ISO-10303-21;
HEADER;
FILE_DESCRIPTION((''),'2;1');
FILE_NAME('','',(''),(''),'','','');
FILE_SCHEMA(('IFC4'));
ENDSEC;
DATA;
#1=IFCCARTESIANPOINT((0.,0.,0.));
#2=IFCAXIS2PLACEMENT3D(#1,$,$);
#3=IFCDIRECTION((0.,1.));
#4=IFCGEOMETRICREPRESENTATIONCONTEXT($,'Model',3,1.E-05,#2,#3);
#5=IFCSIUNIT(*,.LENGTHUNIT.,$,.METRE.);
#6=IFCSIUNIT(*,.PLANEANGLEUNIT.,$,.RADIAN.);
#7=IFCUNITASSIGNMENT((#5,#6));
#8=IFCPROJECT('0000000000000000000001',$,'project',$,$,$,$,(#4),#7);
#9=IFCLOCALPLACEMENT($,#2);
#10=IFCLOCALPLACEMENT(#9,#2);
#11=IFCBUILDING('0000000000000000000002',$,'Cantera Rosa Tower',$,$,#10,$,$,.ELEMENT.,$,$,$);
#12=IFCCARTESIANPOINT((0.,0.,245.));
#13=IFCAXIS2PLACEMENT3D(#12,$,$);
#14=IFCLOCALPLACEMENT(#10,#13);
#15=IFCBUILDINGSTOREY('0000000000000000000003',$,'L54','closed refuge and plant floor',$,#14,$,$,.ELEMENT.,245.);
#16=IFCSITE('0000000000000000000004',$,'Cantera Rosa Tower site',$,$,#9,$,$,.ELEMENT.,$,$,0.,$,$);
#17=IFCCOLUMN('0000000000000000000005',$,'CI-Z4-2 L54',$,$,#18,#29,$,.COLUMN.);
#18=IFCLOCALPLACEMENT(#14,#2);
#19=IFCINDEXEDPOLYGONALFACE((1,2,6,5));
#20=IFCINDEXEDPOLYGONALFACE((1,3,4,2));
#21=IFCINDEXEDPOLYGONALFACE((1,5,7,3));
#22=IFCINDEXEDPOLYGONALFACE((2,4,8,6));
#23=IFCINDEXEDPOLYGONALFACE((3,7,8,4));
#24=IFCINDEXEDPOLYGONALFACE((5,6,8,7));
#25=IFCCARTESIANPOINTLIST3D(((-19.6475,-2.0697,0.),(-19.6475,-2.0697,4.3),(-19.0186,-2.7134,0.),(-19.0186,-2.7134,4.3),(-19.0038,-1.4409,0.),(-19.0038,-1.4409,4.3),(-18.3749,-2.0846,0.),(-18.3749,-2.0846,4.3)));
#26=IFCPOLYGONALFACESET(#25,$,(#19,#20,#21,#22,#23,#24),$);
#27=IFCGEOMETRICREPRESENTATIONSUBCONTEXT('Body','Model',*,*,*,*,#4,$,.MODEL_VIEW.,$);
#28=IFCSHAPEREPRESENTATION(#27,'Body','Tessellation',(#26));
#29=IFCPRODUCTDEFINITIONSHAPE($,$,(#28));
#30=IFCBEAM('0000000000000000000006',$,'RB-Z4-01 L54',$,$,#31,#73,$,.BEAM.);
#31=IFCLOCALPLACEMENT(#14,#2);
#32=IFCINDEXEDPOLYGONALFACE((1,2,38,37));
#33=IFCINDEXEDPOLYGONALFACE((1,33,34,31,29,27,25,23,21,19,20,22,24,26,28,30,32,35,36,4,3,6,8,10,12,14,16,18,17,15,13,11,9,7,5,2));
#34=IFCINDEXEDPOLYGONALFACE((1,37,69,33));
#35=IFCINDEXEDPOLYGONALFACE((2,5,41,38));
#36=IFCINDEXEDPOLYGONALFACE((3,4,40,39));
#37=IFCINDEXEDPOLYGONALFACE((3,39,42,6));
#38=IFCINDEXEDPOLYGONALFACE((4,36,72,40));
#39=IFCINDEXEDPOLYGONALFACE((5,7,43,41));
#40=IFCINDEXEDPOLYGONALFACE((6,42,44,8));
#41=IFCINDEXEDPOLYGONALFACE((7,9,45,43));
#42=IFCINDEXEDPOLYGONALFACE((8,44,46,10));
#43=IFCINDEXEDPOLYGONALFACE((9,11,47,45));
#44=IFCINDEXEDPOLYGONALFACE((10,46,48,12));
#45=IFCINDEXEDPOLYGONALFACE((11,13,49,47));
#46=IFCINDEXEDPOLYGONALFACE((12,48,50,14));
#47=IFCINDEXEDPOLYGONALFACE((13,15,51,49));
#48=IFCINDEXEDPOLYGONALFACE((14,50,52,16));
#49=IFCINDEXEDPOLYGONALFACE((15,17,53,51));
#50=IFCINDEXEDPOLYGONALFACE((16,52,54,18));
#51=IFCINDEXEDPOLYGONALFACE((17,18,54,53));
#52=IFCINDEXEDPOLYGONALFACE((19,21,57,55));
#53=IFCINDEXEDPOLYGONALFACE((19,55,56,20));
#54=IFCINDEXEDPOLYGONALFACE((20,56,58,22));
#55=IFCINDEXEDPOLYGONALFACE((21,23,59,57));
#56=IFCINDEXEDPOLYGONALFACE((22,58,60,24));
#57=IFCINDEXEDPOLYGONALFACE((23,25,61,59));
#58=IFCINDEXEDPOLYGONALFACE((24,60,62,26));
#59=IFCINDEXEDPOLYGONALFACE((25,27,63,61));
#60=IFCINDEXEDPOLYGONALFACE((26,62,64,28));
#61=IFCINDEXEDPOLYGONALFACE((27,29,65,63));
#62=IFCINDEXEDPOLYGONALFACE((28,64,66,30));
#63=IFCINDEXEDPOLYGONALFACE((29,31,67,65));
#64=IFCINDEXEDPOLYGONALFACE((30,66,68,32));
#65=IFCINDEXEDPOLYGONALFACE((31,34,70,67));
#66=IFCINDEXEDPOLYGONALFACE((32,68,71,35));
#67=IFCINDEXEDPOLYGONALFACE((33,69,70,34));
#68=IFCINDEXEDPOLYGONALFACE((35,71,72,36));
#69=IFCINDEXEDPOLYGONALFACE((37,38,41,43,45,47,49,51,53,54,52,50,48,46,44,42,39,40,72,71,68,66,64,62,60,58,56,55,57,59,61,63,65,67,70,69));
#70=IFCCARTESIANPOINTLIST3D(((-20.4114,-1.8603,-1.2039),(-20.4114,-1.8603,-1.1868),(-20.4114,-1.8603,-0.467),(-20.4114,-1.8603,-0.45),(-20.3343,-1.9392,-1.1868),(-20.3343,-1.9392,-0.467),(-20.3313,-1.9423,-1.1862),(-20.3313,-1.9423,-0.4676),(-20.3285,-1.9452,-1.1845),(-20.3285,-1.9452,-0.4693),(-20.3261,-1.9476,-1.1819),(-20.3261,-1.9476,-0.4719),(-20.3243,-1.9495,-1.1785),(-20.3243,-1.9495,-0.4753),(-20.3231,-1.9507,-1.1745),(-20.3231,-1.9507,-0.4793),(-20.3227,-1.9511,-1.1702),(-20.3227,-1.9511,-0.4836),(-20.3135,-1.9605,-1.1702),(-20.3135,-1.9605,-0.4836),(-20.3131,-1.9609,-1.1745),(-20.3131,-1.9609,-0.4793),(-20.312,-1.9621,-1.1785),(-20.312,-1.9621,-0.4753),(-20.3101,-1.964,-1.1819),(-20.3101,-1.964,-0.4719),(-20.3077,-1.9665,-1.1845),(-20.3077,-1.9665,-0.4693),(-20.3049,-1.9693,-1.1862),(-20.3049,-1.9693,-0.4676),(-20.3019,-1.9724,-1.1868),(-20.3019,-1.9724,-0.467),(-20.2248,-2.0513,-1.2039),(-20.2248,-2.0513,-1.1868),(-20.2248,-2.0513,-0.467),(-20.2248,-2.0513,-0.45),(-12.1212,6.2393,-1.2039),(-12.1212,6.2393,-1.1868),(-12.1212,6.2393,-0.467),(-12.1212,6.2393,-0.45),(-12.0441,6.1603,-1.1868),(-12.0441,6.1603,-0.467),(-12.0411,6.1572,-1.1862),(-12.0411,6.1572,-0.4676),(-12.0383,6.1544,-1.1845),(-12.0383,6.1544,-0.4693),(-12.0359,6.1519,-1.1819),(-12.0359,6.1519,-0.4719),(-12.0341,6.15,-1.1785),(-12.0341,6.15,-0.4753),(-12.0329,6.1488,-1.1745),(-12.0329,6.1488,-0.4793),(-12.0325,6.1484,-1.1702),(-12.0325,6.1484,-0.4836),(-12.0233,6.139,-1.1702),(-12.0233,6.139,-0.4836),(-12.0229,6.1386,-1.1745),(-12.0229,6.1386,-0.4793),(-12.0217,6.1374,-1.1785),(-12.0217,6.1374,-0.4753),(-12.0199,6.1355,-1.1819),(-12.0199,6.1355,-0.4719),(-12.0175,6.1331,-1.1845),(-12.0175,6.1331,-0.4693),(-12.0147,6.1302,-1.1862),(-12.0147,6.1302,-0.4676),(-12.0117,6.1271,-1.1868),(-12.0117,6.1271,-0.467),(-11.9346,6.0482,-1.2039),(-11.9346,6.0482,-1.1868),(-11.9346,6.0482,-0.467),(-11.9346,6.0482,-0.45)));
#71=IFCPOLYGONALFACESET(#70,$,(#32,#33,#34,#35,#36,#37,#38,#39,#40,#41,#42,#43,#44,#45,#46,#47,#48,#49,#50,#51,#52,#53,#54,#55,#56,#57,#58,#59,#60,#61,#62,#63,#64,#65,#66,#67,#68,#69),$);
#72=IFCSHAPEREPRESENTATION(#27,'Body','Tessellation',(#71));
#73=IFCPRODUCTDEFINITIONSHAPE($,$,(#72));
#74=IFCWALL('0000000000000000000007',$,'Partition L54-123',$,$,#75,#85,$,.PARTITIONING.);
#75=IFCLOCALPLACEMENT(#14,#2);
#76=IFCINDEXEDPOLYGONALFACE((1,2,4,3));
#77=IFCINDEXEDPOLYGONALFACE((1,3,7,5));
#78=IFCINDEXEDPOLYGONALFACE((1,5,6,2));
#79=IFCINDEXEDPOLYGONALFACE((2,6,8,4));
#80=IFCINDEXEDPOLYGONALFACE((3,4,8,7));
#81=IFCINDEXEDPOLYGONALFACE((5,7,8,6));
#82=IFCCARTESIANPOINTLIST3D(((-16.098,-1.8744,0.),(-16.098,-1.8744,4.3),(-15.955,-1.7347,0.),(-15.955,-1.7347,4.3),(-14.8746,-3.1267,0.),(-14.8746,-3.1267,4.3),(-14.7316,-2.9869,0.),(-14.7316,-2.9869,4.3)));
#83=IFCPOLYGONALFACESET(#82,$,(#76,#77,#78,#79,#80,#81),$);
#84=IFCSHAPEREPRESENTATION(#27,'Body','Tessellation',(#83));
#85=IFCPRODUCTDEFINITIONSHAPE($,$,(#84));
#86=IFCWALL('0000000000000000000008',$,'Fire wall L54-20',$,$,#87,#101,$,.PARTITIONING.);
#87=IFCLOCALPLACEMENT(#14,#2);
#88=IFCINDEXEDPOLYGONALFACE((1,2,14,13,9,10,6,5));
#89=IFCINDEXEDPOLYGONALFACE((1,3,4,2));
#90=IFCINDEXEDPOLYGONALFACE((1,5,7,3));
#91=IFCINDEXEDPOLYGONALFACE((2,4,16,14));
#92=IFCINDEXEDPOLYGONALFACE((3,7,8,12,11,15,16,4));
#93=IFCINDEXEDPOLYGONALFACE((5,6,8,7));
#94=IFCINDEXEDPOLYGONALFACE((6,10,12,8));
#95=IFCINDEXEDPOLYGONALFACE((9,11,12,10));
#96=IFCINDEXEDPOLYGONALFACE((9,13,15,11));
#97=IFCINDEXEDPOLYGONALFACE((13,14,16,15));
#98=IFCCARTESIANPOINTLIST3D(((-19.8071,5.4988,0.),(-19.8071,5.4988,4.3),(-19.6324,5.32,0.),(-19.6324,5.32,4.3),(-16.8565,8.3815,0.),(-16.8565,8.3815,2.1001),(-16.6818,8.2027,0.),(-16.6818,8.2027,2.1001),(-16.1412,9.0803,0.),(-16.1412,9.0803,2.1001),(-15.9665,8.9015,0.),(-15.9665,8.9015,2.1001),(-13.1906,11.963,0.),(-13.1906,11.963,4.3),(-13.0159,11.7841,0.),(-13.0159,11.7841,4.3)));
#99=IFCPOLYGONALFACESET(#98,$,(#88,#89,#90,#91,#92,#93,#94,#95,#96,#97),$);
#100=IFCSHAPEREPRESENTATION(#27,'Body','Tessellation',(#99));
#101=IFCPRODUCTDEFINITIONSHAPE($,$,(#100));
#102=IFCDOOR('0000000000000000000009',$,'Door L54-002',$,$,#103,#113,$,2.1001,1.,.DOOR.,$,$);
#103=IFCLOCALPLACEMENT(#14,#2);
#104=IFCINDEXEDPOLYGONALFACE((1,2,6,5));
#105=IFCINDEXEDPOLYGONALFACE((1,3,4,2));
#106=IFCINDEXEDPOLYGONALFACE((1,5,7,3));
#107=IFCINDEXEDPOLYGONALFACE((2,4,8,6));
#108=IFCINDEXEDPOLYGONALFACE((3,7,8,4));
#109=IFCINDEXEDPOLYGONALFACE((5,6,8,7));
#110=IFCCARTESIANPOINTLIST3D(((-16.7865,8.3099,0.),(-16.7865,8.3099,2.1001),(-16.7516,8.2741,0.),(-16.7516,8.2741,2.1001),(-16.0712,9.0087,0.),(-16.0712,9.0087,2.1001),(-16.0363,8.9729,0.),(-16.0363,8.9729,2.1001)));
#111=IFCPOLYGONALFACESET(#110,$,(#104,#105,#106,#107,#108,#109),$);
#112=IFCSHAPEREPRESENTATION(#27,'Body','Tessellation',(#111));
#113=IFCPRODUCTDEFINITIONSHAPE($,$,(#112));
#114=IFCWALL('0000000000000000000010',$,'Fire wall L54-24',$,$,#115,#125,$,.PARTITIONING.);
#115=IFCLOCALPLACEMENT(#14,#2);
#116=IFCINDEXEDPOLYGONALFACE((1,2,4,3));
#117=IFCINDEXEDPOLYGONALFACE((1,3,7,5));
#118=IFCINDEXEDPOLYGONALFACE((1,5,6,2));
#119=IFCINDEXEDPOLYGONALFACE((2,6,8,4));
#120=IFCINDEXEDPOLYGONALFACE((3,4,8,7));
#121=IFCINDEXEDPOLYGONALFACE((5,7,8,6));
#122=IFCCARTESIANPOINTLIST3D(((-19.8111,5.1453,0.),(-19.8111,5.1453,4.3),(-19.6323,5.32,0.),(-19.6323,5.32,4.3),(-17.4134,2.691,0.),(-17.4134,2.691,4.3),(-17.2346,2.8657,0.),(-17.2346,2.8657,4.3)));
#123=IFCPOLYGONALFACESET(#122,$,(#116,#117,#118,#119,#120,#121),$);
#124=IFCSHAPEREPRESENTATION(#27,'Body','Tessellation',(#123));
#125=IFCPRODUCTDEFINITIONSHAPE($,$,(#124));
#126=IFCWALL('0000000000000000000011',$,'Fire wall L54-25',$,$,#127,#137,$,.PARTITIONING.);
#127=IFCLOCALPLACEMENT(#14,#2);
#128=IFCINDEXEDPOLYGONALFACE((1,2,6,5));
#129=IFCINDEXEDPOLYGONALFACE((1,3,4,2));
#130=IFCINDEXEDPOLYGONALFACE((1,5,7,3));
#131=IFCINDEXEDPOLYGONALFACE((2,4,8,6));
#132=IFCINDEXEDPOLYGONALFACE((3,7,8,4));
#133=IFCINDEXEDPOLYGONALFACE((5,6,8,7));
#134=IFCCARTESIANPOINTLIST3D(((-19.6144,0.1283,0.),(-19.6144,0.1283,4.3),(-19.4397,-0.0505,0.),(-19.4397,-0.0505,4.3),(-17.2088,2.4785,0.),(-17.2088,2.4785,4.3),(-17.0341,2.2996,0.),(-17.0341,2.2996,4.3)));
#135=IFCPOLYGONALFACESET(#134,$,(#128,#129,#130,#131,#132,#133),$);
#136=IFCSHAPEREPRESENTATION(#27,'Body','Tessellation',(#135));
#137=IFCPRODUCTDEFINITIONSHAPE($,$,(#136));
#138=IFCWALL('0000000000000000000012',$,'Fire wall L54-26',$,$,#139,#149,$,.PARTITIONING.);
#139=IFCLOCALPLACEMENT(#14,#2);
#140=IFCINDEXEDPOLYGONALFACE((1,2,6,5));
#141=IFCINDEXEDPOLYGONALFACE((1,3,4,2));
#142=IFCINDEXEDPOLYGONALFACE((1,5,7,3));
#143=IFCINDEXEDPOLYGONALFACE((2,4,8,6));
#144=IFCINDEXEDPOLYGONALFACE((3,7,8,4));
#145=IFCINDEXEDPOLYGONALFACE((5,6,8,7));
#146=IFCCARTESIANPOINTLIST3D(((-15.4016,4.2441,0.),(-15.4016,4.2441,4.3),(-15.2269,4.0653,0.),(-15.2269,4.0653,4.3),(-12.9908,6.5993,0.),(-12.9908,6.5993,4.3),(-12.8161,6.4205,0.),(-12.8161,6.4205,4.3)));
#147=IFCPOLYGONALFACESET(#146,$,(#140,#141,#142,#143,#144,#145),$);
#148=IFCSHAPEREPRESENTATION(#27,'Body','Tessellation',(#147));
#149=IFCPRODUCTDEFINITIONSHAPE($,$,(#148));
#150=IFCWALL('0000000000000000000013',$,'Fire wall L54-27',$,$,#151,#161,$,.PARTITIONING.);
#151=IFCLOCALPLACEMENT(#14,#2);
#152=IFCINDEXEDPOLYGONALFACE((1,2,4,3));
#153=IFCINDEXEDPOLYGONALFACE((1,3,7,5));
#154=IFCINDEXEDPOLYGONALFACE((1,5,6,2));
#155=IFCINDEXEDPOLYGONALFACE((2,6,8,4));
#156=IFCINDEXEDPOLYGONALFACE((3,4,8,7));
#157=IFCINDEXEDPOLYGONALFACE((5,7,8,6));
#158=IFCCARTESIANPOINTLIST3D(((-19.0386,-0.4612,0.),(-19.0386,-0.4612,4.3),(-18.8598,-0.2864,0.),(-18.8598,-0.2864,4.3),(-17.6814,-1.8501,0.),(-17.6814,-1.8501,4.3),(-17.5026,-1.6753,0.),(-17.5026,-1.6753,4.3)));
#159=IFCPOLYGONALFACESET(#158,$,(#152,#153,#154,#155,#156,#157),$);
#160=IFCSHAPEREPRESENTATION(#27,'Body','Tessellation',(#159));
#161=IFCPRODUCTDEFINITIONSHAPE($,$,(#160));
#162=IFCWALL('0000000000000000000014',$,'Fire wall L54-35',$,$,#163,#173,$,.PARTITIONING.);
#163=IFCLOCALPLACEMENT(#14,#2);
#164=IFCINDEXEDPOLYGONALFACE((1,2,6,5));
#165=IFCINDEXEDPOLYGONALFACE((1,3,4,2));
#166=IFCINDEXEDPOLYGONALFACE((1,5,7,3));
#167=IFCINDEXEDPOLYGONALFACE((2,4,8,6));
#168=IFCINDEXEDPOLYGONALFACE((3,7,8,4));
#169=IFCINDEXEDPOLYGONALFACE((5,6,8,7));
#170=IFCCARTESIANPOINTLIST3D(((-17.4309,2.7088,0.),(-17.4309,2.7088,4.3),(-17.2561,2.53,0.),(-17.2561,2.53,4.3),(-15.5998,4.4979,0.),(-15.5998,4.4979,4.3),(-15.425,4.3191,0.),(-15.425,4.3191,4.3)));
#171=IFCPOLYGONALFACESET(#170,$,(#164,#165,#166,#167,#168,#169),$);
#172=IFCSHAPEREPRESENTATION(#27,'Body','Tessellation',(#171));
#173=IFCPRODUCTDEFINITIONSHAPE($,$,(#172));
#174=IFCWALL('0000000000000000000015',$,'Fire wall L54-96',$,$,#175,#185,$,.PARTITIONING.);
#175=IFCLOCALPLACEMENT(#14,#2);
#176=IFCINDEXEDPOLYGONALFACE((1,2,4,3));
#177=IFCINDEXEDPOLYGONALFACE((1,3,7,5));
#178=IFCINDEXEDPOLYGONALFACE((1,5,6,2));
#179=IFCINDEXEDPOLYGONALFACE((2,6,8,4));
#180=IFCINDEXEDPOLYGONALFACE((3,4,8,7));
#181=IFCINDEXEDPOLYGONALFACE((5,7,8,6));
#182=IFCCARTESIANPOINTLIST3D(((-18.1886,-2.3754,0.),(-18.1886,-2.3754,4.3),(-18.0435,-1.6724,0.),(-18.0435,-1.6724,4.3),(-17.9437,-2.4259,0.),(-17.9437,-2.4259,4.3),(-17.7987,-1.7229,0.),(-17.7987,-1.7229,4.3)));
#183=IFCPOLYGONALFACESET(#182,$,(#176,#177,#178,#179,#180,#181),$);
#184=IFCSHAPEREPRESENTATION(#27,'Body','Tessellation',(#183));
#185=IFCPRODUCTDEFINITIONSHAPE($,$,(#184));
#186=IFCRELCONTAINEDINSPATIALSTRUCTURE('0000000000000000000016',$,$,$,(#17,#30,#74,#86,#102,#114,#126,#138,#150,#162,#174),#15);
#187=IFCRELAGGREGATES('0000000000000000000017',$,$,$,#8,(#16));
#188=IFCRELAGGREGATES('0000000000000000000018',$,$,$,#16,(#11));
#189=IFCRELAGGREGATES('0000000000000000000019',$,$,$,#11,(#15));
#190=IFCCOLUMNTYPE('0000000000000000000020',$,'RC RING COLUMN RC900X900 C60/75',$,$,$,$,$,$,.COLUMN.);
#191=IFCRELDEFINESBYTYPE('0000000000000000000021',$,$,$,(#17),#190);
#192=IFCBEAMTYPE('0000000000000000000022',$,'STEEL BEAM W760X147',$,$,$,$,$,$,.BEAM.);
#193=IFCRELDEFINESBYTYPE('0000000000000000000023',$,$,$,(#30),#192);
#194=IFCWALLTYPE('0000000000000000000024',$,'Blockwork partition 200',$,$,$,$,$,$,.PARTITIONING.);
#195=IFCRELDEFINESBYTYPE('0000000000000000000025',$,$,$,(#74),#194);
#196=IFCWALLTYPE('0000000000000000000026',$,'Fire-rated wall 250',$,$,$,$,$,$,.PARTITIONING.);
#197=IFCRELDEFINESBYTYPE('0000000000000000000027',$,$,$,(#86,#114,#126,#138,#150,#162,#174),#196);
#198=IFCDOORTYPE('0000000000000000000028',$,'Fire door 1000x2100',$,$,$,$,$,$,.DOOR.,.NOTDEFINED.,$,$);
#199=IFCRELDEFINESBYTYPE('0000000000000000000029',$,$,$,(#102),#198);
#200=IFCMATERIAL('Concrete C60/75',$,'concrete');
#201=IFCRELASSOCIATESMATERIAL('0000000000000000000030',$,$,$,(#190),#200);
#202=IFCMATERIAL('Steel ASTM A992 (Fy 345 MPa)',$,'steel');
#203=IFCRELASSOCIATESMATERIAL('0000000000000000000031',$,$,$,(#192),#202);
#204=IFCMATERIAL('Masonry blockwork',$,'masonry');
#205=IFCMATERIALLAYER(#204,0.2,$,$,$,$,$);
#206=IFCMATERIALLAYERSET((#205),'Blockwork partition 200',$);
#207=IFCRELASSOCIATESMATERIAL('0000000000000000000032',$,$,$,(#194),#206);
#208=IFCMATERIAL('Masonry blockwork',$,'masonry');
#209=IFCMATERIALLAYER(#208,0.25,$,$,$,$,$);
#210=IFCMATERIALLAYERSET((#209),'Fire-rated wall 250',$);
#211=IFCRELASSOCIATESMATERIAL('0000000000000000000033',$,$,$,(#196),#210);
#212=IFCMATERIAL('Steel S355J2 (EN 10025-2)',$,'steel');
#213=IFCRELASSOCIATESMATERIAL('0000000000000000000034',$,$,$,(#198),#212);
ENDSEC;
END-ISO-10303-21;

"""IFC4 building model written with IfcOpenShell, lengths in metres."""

from ifc_helpers import new_model, si_unit, direction, frame, frame_2d, origin, origin_2d, place, context, subcontext, project, spatial, rectangle, i_section, extrude, material, layer, layer_set, material_profile, profile_set, type_object, element, fill, save


model = new_model("IFC4")

# Units and contexts
model_context = context("Model", 3, precision=1e-05, world=origin(), true_north=direction((0.0, 1.0)))
body_context = subcontext(model_context, "Body", "Model", "MODEL_VIEW")
ifc_project = project(units=[si_unit("LENGTHUNIT", "METRE"), si_unit("PLANEANGLEUNIT", "RADIAN")], contexts=[model_context])

# Site, building, storey
site_placement = place(None, origin())
site = spatial("IfcSite", under=ifc_project, at=site_placement, Name="Cantera Rosa Tower site", CompositionType="ELEMENT", RefElevation=0.0)
building_placement = place(site_placement, origin())
building = spatial("IfcBuilding", under=site, at=building_placement, Name="Cantera Rosa Tower", CompositionType="ELEMENT")
storey_placement = place(building_placement, frame((0.0, 0.0, 245.0)))
storey = spatial("IfcBuildingStorey", under=building, at=storey_placement, Name="L54", Description="closed refuge and plant floor", CompositionType="ELEMENT", Elevation=245.0)

# Column
ifc_material_1 = material(Name="Concrete C60/75", Category="concrete")
ifc_material_profile_1 = material_profile(ifc_material_1, rectangle(XDim=0.8999, YDim=0.8999, at=origin_2d()), Name="RC RING COLUMN RC900X900 C60/75")
ifc_profile_set_1 = profile_set([ifc_material_profile_1], Name="Concrete C60/75")
column_type = type_object("IfcColumnType", Name="RC RING COLUMN RC900X900 C60/75", PredefinedType="COLUMN", material=ifc_profile_set_1)
column_placement = place(storey_placement, frame((-19.0112, -2.0771, 0.0), z_axis=(0.0, 0.0, 1.0), x_axis=(0.715286, 0.698832, 0.0)))
element("IfcColumn", 1, at=column_placement, inside=storey, type_object=column_type, Name="CI-Z4-2 L54", PredefinedType="COLUMN", context=body_context, shape_type="SweptSolid", body=[
    extrude(rectangle(XDim=0.8999, YDim=0.8999, at=origin_2d()), origin(), (0.0, 0.0, 1.0), 4.3),
])

# Beam
ifc_material_2 = material(Name="Steel ASTM A992 (Fy 345 MPa)", Category="steel")
ifc_material_profile_2 = material_profile(ifc_material_2, i_section(OverallWidth=0.2671, OverallDepth=0.7539, WebThickness=0.0132, FlangeThickness=0.0171, FilletRadius=0.0166, at=origin_2d()), Name="W760X147")
ifc_profile_set_2 = profile_set([ifc_material_profile_2], Name="Steel ASTM A992 (Fy 345 MPa)")
beam_type = type_object("IfcBeamType", Name="STEEL BEAM W760X147", PredefinedType="BEAM", material=ifc_profile_set_2)
beam_placement = place(storey_placement, frame((-20.3181, -1.9558, -0.8269), z_axis=(0.715285, 0.698833, 0.0), x_axis=(-0.698833, 0.715285, 0.0)))
element("IfcBeam", 2, at=beam_placement, inside=storey, type_object=beam_type, Name="RB-Z4-01 L54", PredefinedType="BEAM", context=body_context, shape_type="SweptSolid", body=[
    extrude(i_section(OverallWidth=0.2671, OverallDepth=0.7539, WebThickness=0.0132, FlangeThickness=0.0171, FilletRadius=0.0166, at=origin_2d()), origin(), (0.0, 0.0, 1.0), 11.5901),
])

# Wall
ifc_material_3 = material(Name="Masonry blockwork", Category="masonry")
ifc_layer_1 = layer(ifc_material_3, 0.2)
ifc_layer_set_1 = layer_set([ifc_layer_1], Name="Blockwork partition 200")
wall_type_1 = type_object("IfcWallType", Name="Blockwork partition 200", PredefinedType="PARTITIONING", material=ifc_layer_set_1)
wall_1_placement = place(storey_placement, frame((-14.803, -3.0569, 0.0), z_axis=(0.0, 0.0, 1.0), x_axis=(-0.698831, 0.715287, 0.0)))
element("IfcWall", 3, at=wall_1_placement, inside=storey, type_object=wall_type_1, Name="Partition L54-123", PredefinedType="PARTITIONING", context=body_context, shape_type="SweptSolid", body=[
    extrude(rectangle(XDim=1.7507, YDim=0.2, at=frame_2d((0.8755, 0.0))), origin(), (0.0, 0.0, 1.0), 4.3),
])

# Wall, opening, door
ifc_material_4 = material(Name="Masonry blockwork", Category="masonry")
ifc_layer_2 = layer(ifc_material_4, 0.25)
ifc_layer_set_2 = layer_set([ifc_layer_2], Name="Fire-rated wall 250")
wall_type_2 = type_object("IfcWallType", Name="Fire-rated wall 250", PredefinedType="PARTITIONING", material=ifc_layer_set_2)
wall_2_placement = place(storey_placement, frame((-19.7197, 5.4094, 0.0), z_axis=(0.0, 0.0, 1.0), x_axis=(0.715294, 0.698824, 0.0)))
wall_2 = element("IfcWall", 4, at=wall_2_placement, inside=storey, type_object=wall_type_2, Name="Fire wall L54-20", PredefinedType="PARTITIONING", context=body_context, shape_type="SweptSolid", body=[
    extrude(rectangle(XDim=9.25, YDim=0.25, at=frame_2d((4.625, 0.0))), origin(), (0.0, 0.0, 1.0), 4.3),
])
opening_placement = place(wall_2_placement, frame((4.125, 0.0, 0.0)))
opening = element("IfcOpeningElement", 5, at=opening_placement, cuts=wall_2, PredefinedType="OPENING", context=body_context, shape_type="SweptSolid", body=[
    extrude(rectangle(XDim=1.0, YDim=2.1001, at=frame_2d((0.5, 1.05))), frame((0.0, 0.135, 0.0), z_axis=(0.0, -1.0, 0.0), x_axis=(1.0, 0.0, 0.0)), (0.0, 0.0, 1.0), 0.27),
])
ifc_material_5 = material(Name="Steel S355J2 (EN 10025-2)", Category="steel")
door_type = type_object("IfcDoorType", Name="Fire door 1000x2100", OperationType="NOTDEFINED", PredefinedType="DOOR", material=ifc_material_5)
door_placement = place(opening_placement, origin())
door = element("IfcDoor", 6, at=door_placement, inside=storey, type_object=door_type, Name="Door L54-002", OverallHeight=2.1001, OverallWidth=1.0, PredefinedType="DOOR", context=body_context, shape_type="SweptSolid", body=[
    extrude(rectangle(XDim=1.0, YDim=2.1001, at=frame_2d((0.5, 1.05))), frame((0.0, 0.0249, 0.0), z_axis=(0.0, -1.0, 0.0), x_axis=(1.0, 0.0, 0.0)), (0.0, 0.0, 1.0), 0.05),
])
fill(opening, door)

# Walls
wall_3_placement = place(storey_placement, frame((-17.324, 2.7783, 0.0), z_axis=(0.0, 0.0, 1.0), x_axis=(-0.698805, 0.715312, 0.0)))
element("IfcWall", 7, at=wall_3_placement, inside=storey, type_object=wall_type_2, Name="Fire wall L54-24", PredefinedType="PARTITIONING", context=body_context, shape_type="SweptSolid", body=[
    extrude(rectangle(XDim=3.4312, YDim=0.25, at=frame_2d((1.7156, 0.0))), origin(), (0.0, 0.0, 1.0), 4.3),
])
wall_4_placement = place(storey_placement, frame((-19.5271, 0.0388, 0.0), z_axis=(0.0, 0.0, 1.0), x_axis=(0.715299, 0.698819, 0.0)))
element("IfcWall", 8, at=wall_4_placement, inside=storey, type_object=wall_type_2, Name="Fire wall L54-25", PredefinedType="PARTITIONING", context=body_context, shape_type="SweptSolid", body=[
    extrude(rectangle(XDim=3.363, YDim=0.25, at=frame_2d((1.6816, 0.0))), origin(), (0.0, 0.0, 1.0), 4.3),
])
wall_5_placement = place(storey_placement, frame((-15.3142, 4.1548, 0.0), z_axis=(0.0, 0.0, 1.0), x_axis=(0.715316, 0.698801, 0.0)))
element("IfcWall", 9, at=wall_5_placement, inside=storey, type_object=wall_type_2, Name="Fire wall L54-26", PredefinedType="PARTITIONING", context=body_context, shape_type="SweptSolid", body=[
    extrude(rectangle(XDim=3.3704, YDim=0.25, at=frame_2d((1.6851, 0.0))), origin(), (0.0, 0.0, 1.0), 4.3),
])
wall_6_placement = place(storey_placement, frame((-17.592, -1.7627, 0.0), z_axis=(0.0, 0.0, 1.0), x_axis=(-0.698888, 0.715231, 0.0)))
element("IfcWall", 10, at=wall_6_placement, inside=storey, type_object=wall_type_2, Name="Fire wall L54-27", PredefinedType="PARTITIONING", context=body_context, shape_type="SweptSolid", body=[
    extrude(rectangle(XDim=1.9419, YDim=0.25, at=frame_2d((0.9709, 0.0))), origin(), (0.0, 0.0, 1.0), 4.3),
])
wall_7_placement = place(storey_placement, frame((-17.3435, 2.6194, 0.0), z_axis=(0.0, 0.0, 1.0), x_axis=(0.715261, 0.698858, 0.0)))
element("IfcWall", 11, at=wall_7_placement, inside=storey, type_object=wall_type_2, Name="Fire wall L54-35", PredefinedType="PARTITIONING", context=body_context, shape_type="SweptSolid", body=[
    extrude(rectangle(XDim=2.5601, YDim=0.25, at=frame_2d((1.28, 0.0))), origin(), (0.0, 0.0, 1.0), 4.3),
])
wall_8_placement = place(storey_placement, frame((-18.0662, -2.4006, 0.0), z_axis=(0.0, 0.0, 1.0), x_axis=(0.202066, 0.979372, 0.0)))
element("IfcWall", 12, at=wall_8_placement, inside=storey, type_object=wall_type_2, Name="Fire wall L54-96", PredefinedType="PARTITIONING", context=body_context, shape_type="SweptSolid", body=[
    extrude(rectangle(XDim=0.7178, YDim=0.25, at=frame_2d((0.3589, 0.0))), origin(), (0.0, 0.0, 1.0), 4.3),
])

save(model, "model.ifc")
